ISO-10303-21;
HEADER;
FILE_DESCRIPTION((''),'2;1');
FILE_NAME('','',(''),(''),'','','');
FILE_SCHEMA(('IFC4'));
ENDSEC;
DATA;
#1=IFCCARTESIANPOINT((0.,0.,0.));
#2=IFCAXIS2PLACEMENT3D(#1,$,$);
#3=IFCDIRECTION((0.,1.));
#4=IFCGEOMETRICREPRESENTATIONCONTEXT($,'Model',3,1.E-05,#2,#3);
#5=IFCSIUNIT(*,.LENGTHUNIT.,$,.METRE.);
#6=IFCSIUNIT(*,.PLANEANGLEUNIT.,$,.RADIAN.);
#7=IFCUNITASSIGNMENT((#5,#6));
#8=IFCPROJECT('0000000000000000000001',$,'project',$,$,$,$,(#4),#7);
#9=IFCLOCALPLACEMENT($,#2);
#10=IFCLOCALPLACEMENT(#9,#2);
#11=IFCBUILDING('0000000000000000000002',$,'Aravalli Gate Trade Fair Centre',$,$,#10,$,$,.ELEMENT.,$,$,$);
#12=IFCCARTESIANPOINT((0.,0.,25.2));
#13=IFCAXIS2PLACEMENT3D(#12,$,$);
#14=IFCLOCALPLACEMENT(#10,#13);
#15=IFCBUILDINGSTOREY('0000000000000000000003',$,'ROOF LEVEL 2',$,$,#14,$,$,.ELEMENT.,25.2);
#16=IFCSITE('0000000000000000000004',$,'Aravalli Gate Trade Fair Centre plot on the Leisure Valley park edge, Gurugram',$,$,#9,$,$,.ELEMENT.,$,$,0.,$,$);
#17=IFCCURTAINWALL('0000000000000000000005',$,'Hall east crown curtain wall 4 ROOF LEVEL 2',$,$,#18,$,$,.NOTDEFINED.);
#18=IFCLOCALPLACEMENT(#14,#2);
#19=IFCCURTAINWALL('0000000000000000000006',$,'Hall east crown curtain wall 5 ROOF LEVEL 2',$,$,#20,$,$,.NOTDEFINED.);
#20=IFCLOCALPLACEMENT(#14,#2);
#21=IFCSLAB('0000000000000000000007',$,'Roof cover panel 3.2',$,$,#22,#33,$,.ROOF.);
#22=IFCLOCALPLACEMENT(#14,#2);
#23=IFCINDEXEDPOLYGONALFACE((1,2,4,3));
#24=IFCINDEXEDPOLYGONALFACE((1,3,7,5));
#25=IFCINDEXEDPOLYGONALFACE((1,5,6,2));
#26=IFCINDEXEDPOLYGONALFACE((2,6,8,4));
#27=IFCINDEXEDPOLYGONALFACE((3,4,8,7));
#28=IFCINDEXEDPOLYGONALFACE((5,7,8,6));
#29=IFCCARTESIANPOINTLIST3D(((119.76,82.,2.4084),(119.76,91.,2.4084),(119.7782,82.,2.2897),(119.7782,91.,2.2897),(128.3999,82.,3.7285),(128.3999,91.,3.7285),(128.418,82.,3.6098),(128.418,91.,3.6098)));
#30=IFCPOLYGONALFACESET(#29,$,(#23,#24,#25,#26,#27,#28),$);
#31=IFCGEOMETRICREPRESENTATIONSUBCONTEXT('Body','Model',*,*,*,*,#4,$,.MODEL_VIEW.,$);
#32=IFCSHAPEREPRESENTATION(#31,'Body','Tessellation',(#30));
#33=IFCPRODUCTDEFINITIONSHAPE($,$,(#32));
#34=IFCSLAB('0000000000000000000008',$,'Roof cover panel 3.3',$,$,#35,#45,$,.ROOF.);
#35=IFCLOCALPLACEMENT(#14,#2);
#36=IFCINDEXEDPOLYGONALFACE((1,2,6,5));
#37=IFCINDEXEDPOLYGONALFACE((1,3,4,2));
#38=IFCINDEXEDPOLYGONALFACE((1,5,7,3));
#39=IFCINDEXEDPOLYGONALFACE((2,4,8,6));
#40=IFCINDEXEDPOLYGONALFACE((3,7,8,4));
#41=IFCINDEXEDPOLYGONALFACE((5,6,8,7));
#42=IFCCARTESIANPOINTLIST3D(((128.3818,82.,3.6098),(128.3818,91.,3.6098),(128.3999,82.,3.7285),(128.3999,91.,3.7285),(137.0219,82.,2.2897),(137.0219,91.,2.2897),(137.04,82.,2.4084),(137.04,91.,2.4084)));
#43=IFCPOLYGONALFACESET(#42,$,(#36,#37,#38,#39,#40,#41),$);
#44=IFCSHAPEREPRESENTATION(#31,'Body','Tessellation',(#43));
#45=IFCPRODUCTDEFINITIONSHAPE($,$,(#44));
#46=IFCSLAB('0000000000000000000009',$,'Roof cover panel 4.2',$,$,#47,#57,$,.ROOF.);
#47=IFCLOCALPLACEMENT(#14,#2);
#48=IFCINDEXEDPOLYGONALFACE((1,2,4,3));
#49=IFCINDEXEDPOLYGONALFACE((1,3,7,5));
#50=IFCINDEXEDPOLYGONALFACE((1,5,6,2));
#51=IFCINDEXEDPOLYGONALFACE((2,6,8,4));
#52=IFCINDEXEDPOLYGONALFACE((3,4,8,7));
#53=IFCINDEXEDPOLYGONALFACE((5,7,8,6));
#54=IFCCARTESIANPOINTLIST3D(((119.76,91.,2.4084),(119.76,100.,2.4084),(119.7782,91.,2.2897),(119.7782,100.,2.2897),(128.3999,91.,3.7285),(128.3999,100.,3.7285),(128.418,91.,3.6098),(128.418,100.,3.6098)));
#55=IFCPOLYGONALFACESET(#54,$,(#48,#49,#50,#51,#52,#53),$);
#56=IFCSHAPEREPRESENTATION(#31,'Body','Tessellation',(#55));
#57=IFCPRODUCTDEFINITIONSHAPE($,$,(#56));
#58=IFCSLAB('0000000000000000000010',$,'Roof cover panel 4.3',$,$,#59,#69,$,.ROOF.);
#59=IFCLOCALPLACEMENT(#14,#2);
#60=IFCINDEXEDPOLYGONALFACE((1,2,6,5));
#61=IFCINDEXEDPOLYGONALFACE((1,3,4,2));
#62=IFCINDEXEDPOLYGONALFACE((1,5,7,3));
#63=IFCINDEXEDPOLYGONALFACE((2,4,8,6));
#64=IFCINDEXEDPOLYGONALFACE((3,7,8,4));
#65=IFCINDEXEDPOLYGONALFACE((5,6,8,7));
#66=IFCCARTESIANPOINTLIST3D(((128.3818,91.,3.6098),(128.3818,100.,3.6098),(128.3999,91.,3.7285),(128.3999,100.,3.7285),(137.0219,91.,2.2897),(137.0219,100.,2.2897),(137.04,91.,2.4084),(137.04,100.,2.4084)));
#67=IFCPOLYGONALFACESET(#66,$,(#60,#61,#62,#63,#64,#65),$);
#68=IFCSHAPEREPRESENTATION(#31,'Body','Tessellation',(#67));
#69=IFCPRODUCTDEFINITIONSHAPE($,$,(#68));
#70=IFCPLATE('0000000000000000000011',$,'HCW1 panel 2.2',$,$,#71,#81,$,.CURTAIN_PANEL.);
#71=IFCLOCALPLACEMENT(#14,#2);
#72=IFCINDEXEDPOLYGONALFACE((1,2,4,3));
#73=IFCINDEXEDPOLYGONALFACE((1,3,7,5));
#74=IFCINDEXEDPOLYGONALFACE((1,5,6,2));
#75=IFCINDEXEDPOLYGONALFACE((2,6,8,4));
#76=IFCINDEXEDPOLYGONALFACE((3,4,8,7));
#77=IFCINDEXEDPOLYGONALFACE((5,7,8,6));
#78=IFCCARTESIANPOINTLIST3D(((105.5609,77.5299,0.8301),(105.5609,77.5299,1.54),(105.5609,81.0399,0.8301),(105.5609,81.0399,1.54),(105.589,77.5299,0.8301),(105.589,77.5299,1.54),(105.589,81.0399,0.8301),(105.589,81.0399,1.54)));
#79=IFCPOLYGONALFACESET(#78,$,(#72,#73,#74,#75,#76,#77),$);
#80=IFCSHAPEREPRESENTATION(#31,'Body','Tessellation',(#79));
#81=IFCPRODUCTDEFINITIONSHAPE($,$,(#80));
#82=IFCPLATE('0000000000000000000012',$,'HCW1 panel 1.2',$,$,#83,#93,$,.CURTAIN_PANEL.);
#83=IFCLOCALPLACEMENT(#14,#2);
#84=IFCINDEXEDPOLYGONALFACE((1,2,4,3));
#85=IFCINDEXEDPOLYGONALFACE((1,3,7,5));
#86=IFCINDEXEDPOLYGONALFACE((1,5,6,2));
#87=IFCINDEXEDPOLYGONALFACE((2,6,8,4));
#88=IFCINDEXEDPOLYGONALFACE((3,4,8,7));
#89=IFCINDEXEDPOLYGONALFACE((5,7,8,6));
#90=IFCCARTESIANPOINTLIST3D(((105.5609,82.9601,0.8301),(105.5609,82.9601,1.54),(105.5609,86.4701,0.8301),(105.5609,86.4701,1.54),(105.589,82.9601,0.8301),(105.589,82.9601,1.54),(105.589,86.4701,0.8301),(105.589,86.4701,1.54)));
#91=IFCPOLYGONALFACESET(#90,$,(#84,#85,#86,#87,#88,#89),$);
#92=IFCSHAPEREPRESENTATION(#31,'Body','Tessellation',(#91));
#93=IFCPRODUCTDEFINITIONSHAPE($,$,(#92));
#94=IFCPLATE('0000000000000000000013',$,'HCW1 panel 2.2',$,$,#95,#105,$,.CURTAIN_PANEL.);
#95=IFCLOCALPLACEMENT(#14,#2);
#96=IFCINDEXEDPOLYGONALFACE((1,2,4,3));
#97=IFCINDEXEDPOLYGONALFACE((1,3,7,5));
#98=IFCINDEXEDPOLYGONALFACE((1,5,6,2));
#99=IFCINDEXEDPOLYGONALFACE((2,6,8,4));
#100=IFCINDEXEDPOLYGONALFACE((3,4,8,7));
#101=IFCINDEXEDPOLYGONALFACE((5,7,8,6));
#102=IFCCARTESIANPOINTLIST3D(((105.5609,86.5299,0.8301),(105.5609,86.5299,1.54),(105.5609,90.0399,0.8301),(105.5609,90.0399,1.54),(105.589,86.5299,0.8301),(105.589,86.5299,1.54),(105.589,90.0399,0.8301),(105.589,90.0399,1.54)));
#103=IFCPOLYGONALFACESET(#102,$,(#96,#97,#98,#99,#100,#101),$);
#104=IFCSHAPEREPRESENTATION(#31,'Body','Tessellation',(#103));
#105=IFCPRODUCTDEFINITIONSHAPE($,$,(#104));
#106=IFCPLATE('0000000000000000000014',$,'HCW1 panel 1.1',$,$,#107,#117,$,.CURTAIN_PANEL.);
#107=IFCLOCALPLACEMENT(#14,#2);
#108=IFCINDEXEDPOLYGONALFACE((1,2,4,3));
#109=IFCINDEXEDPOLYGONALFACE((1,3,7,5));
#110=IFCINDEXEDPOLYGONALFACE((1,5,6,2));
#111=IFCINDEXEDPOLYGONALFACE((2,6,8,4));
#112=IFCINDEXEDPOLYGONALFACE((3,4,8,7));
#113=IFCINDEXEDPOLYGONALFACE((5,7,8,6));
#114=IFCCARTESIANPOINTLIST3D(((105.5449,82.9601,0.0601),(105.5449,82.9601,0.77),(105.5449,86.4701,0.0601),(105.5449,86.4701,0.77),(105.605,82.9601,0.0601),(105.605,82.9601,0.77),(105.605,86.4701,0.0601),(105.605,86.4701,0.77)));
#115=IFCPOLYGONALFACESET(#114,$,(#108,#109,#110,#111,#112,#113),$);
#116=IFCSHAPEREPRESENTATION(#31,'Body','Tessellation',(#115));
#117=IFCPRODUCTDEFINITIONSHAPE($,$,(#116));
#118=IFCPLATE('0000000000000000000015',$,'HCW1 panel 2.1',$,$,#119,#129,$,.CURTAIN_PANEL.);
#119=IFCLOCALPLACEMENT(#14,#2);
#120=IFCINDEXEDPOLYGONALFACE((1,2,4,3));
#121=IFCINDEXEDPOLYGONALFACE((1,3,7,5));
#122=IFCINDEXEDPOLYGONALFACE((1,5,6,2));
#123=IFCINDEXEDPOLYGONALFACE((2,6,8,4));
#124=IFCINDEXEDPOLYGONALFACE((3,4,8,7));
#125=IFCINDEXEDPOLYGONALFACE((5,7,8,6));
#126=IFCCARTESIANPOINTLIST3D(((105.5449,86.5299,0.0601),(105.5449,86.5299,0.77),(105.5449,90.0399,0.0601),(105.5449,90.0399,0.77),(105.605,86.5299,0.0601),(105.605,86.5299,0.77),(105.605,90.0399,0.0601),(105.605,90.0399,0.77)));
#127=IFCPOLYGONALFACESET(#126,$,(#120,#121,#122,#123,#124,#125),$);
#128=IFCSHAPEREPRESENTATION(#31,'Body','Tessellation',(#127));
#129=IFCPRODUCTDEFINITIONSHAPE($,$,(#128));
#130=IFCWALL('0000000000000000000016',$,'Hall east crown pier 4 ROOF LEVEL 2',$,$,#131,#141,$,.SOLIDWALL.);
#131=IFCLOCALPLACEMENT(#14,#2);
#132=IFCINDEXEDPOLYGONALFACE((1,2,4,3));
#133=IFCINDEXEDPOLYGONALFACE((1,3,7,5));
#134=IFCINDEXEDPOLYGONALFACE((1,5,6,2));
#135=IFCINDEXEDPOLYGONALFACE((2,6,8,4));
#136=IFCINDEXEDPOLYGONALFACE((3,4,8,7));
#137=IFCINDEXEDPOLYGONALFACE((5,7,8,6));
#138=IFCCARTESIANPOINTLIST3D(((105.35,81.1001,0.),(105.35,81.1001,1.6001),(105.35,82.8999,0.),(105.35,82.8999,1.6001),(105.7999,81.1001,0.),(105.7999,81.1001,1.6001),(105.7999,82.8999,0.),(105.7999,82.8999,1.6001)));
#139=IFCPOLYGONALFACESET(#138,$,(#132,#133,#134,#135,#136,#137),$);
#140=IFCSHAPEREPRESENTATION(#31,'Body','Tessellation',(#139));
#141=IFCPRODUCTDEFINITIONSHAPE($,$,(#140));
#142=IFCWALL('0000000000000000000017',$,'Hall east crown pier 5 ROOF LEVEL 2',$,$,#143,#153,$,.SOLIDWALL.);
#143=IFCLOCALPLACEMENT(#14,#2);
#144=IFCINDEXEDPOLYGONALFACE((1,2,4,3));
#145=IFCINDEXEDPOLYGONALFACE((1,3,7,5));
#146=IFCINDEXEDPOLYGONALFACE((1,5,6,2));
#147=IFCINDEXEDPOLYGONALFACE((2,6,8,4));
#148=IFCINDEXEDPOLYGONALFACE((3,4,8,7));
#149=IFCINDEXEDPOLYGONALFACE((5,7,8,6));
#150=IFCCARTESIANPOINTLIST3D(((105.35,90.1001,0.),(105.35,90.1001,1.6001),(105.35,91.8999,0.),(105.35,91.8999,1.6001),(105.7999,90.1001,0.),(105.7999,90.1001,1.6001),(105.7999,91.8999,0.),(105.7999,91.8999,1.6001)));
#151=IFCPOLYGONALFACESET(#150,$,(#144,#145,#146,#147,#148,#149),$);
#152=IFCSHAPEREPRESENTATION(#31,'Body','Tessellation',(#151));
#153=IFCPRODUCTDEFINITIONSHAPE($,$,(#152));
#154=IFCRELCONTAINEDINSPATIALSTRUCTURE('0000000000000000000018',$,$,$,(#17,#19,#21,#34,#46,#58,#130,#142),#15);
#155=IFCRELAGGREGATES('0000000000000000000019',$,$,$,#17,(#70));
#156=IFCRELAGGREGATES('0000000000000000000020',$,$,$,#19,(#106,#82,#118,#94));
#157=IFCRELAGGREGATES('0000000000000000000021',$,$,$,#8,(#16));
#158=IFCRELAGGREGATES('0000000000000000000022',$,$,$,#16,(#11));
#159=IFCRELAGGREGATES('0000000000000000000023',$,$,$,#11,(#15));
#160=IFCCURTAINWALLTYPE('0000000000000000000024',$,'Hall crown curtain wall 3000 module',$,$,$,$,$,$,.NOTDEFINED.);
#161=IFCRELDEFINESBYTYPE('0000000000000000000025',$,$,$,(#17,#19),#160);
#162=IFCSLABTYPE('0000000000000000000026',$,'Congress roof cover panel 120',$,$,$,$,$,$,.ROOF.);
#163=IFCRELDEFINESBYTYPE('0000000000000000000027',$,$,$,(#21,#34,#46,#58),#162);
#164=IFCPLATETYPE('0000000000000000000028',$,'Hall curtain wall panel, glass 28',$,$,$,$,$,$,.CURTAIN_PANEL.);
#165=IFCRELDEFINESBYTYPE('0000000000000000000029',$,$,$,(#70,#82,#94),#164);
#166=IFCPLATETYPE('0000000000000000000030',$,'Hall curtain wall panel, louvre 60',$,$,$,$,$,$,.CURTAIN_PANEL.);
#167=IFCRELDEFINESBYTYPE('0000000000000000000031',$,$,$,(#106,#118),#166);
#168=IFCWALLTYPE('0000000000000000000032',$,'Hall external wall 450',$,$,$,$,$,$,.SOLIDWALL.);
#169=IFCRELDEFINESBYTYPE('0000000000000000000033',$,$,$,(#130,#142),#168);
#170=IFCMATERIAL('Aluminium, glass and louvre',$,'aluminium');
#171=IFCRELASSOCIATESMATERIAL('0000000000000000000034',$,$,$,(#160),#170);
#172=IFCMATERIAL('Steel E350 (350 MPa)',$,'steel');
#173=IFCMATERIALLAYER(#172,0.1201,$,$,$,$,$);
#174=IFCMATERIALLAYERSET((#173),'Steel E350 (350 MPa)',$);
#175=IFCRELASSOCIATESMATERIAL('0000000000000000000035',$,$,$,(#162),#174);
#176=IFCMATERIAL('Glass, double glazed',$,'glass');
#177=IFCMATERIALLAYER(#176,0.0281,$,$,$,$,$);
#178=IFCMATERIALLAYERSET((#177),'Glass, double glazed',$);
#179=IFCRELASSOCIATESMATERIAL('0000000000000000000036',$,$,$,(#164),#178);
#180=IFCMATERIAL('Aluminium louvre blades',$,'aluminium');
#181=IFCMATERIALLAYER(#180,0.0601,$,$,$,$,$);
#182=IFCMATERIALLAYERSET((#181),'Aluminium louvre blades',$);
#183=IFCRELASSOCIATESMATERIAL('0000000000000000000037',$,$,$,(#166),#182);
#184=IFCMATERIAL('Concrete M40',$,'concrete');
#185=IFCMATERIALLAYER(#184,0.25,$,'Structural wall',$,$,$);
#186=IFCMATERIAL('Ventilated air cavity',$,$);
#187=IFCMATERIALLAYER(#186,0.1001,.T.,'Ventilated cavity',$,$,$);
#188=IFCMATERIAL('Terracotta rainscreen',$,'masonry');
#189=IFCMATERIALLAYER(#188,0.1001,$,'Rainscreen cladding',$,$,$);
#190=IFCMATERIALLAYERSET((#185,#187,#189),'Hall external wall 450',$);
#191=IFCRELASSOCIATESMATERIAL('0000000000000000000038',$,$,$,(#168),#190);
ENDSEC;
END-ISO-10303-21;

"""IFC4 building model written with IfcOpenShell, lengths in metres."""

from ifc_helpers import new_model, si_unit, direction, frame, frame_2d, origin, origin_2d, place, context, subcontext, project, spatial, polyline, rectangle, outline, extrude, material, layer, layer_set, type_object, element, aggregate, save


model = new_model("IFC4")

# Units and contexts
model_context = context("Model", 3, precision=1e-05, world=origin(), true_north=direction((0.0, 1.0)))
body_context = subcontext(model_context, "Body", "Model", "MODEL_VIEW")
ifc_project = project(units=[si_unit("LENGTHUNIT", "METRE"), si_unit("PLANEANGLEUNIT", "RADIAN")], contexts=[model_context])

# Site, building, storey
site_placement = place(None, origin())
site = spatial("IfcSite", under=ifc_project, at=site_placement, Name="Aravalli Gate Trade Fair Centre plot on the Leisure Valley park edge, Gurugram", CompositionType="ELEMENT", RefElevation=0.0)
building_placement = place(site_placement, origin())
building = spatial("IfcBuilding", under=site, at=building_placement, Name="Aravalli Gate Trade Fair Centre", CompositionType="ELEMENT")
storey_placement = place(building_placement, frame((0.0, 0.0, 25.2)))
storey = spatial("IfcBuildingStorey", under=building, at=storey_placement, Name="ROOF LEVEL 2", CompositionType="ELEMENT", Elevation=25.2)

# Curtain wall
ifc_material_1 = material(Name="Aluminium, glass and louvre", Category="aluminium")
curtain_wall_type = type_object("IfcCurtainWallType", Name="Hall crown curtain wall 3000 module", PredefinedType="NOTDEFINED", material=ifc_material_1)
curtain_wall_1_placement = place(storey_placement, origin())
curtain_wall_1 = element("IfcCurtainWall", 1, at=curtain_wall_1_placement, inside=storey, type_object=curtain_wall_type, Name="Hall east crown curtain wall 4 ROOF LEVEL 2", PredefinedType="NOTDEFINED")

# Curtain wall
curtain_wall_2_placement = place(storey_placement, origin())
curtain_wall_2 = element("IfcCurtainWall", 2, at=curtain_wall_2_placement, inside=storey, type_object=curtain_wall_type, Name="Hall east crown curtain wall 5 ROOF LEVEL 2", PredefinedType="NOTDEFINED")

# Slabs
ifc_material_2 = material(Name="Steel E350 (350 MPa)", Category="steel")
ifc_layer_1 = layer(ifc_material_2, 0.1201)
ifc_layer_set_1 = layer_set([ifc_layer_1], Name="Steel E350 (350 MPa)")
slab_type = type_object("IfcSlabType", Name="Congress roof cover panel 120", PredefinedType="ROOF", material=ifc_layer_set_1)
slab_1_placement = place(storey_placement, frame((119.76, 82.0, 2.4084), z_axis=(-0.151035, 0.0, 0.988528), x_axis=(0.988528, 0.0, 0.151035)))
element("IfcSlab", 3, at=slab_1_placement, inside=storey, type_object=slab_type, Name="Roof cover panel 3.2", PredefinedType="ROOF", context=body_context, shape_type="SweptSolid", body=[
    extrude(outline(polyline([(0.0, 0.0), (8.7402, 0.0), (8.7402, 9.0), (0.0, 9.0), (0.0, 0.0)])), origin(), (0.0, 0.0, -1.0), 0.1201),
])
slab_2_placement = place(storey_placement, frame((128.3999, 82.0, 3.7285), z_axis=(0.151031, 0.0, 0.988529), x_axis=(0.988529, 0.0, -0.151031)))
element("IfcSlab", 4, at=slab_2_placement, inside=storey, type_object=slab_type, Name="Roof cover panel 3.3", PredefinedType="ROOF", context=body_context, shape_type="SweptSolid", body=[
    extrude(outline(polyline([(0.0, 0.0), (8.7404, 0.0), (8.7404, 9.0), (0.0, 9.0), (0.0, 0.0)])), origin(), (0.0, 0.0, -1.0), 0.1201),
])
slab_3_placement = place(storey_placement, frame((119.76, 91.0, 2.4084), z_axis=(-0.151035, 0.0, 0.988528), x_axis=(0.988528, 0.0, 0.151035)))
element("IfcSlab", 5, at=slab_3_placement, inside=storey, type_object=slab_type, Name="Roof cover panel 4.2", PredefinedType="ROOF", context=body_context, shape_type="SweptSolid", body=[
    extrude(outline(polyline([(0.0, 0.0), (8.7402, 0.0), (8.7402, 9.0), (0.0, 9.0), (0.0, 0.0)])), origin(), (0.0, 0.0, -1.0), 0.1201),
])
slab_4_placement = place(storey_placement, frame((128.3999, 91.0, 3.7285), z_axis=(0.151031, 0.0, 0.988529), x_axis=(0.988529, 0.0, -0.151031)))
element("IfcSlab", 6, at=slab_4_placement, inside=storey, type_object=slab_type, Name="Roof cover panel 4.3", PredefinedType="ROOF", context=body_context, shape_type="SweptSolid", body=[
    extrude(outline(polyline([(0.0, 0.0), (8.7404, 0.0), (8.7404, 9.0), (0.0, 9.0), (0.0, 0.0)])), origin(), (0.0, 0.0, -1.0), 0.1201),
])

# Plates
ifc_material_3 = material(Name="Glass, double glazed", Category="glass")
ifc_layer_2 = layer(ifc_material_3, 0.0281)
ifc_layer_set_2 = layer_set([ifc_layer_2], Name="Glass, double glazed")
plate_type_1 = type_object("IfcPlateType", Name="Hall curtain wall panel, glass 28", PredefinedType="CURTAIN_PANEL", material=ifc_layer_set_2)
plate_1_placement = place(storey_placement, frame((105.575, 79.2849, 0.8301), z_axis=(0.0, 0.0, 1.0), x_axis=(0.0, 1.0, 0.0)))
plate_1 = element("IfcPlate", 7, at=plate_1_placement, type_object=plate_type_1, Name="HCW1 panel 2.2", PredefinedType="CURTAIN_PANEL", context=body_context, shape_type="SweptSolid", body=[
    extrude(rectangle(XDim=3.51, YDim=0.0281, at=origin_2d()), origin(), (0.0, 0.0, 1.0), 0.71),
])
aggregate(curtain_wall_1, [plate_1])
plate_2_placement = place(storey_placement, frame((105.575, 84.7151, 0.8301), z_axis=(0.0, 0.0, 1.0), x_axis=(0.0, 1.0, 0.0)))
plate_2 = element("IfcPlate", 8, at=plate_2_placement, type_object=plate_type_1, Name="HCW1 panel 1.2", PredefinedType="CURTAIN_PANEL", context=body_context, shape_type="SweptSolid", body=[
    extrude(rectangle(XDim=3.51, YDim=0.0281, at=origin_2d()), origin(), (0.0, 0.0, 1.0), 0.71),
])
plate_3_placement = place(storey_placement, frame((105.575, 88.2849, 0.8301), z_axis=(0.0, 0.0, 1.0), x_axis=(0.0, 1.0, 0.0)))
plate_3 = element("IfcPlate", 9, at=plate_3_placement, type_object=plate_type_1, Name="HCW1 panel 2.2", PredefinedType="CURTAIN_PANEL", context=body_context, shape_type="SweptSolid", body=[
    extrude(rectangle(XDim=3.51, YDim=0.0281, at=origin_2d()), origin(), (0.0, 0.0, 1.0), 0.71),
])
ifc_material_4 = material(Name="Aluminium louvre blades", Category="aluminium")
ifc_layer_3 = layer(ifc_material_4, 0.0601)
ifc_layer_set_3 = layer_set([ifc_layer_3], Name="Aluminium louvre blades")
plate_type_2 = type_object("IfcPlateType", Name="Hall curtain wall panel, louvre 60", PredefinedType="CURTAIN_PANEL", material=ifc_layer_set_3)
plate_4_placement = place(storey_placement, frame((105.575, 84.7151, 0.0601), z_axis=(0.0, 0.0, 1.0), x_axis=(0.0, 1.0, 0.0)))
plate_4 = element("IfcPlate", 10, at=plate_4_placement, type_object=plate_type_2, Name="HCW1 panel 1.1", PredefinedType="CURTAIN_PANEL", context=body_context, shape_type="SweptSolid", body=[
    extrude(rectangle(XDim=3.51, YDim=0.0601, at=origin_2d()), origin(), (0.0, 0.0, 1.0), 0.71),
])
plate_5_placement = place(storey_placement, frame((105.575, 88.2849, 0.0601), z_axis=(0.0, 0.0, 1.0), x_axis=(0.0, 1.0, 0.0)))
plate_5 = element("IfcPlate", 11, at=plate_5_placement, type_object=plate_type_2, Name="HCW1 panel 2.1", PredefinedType="CURTAIN_PANEL", context=body_context, shape_type="SweptSolid", body=[
    extrude(rectangle(XDim=3.51, YDim=0.0601, at=origin_2d()), origin(), (0.0, 0.0, 1.0), 0.71),
])
aggregate(curtain_wall_2, [plate_4, plate_2, plate_5, plate_3])

# Walls
ifc_material_5 = material(Name="Concrete M40", Category="concrete")
ifc_layer_4 = layer(ifc_material_5, 0.25, Name="Structural wall")
ifc_material_6 = material(Name="Ventilated air cavity")
ifc_layer_5 = layer(ifc_material_6, 0.1001, ventilated=True, Name="Ventilated cavity")
ifc_material_7 = material(Name="Terracotta rainscreen", Category="masonry")
ifc_layer_6 = layer(ifc_material_7, 0.1001, Name="Rainscreen cladding")
ifc_layer_set_4 = layer_set([ifc_layer_4, ifc_layer_5, ifc_layer_6], Name="Hall external wall 450")
wall_type = type_object("IfcWallType", Name="Hall external wall 450", PredefinedType="SOLIDWALL", material=ifc_layer_set_4)
for number, where, z_axis, x_axis, name in (
    (12, (105.575, 81.1001, 0.0), (0.0, 0.0, 1.0), (0.0, 1.0, 0.0), "Hall east crown pier 4 ROOF LEVEL 2"),
    (13, (105.575, 90.1001, 0.0), (0.0, 0.0, 1.0), (0.0, 1.0, 0.0), "Hall east crown pier 5 ROOF LEVEL 2"),
):
    element("IfcWall", number, at=place(storey_placement, frame(where, z_axis=z_axis, x_axis=x_axis)), inside=storey, type_object=wall_type, Name=name, PredefinedType="SOLIDWALL", context=body_context, shape_type="SweptSolid", body=[
        extrude(rectangle(XDim=1.7998, YDim=0.45, at=frame_2d((0.8999, 0.0))), origin(), (0.0, 0.0, 1.0), 1.6001),
    ])

save(model, "model.ifc")
